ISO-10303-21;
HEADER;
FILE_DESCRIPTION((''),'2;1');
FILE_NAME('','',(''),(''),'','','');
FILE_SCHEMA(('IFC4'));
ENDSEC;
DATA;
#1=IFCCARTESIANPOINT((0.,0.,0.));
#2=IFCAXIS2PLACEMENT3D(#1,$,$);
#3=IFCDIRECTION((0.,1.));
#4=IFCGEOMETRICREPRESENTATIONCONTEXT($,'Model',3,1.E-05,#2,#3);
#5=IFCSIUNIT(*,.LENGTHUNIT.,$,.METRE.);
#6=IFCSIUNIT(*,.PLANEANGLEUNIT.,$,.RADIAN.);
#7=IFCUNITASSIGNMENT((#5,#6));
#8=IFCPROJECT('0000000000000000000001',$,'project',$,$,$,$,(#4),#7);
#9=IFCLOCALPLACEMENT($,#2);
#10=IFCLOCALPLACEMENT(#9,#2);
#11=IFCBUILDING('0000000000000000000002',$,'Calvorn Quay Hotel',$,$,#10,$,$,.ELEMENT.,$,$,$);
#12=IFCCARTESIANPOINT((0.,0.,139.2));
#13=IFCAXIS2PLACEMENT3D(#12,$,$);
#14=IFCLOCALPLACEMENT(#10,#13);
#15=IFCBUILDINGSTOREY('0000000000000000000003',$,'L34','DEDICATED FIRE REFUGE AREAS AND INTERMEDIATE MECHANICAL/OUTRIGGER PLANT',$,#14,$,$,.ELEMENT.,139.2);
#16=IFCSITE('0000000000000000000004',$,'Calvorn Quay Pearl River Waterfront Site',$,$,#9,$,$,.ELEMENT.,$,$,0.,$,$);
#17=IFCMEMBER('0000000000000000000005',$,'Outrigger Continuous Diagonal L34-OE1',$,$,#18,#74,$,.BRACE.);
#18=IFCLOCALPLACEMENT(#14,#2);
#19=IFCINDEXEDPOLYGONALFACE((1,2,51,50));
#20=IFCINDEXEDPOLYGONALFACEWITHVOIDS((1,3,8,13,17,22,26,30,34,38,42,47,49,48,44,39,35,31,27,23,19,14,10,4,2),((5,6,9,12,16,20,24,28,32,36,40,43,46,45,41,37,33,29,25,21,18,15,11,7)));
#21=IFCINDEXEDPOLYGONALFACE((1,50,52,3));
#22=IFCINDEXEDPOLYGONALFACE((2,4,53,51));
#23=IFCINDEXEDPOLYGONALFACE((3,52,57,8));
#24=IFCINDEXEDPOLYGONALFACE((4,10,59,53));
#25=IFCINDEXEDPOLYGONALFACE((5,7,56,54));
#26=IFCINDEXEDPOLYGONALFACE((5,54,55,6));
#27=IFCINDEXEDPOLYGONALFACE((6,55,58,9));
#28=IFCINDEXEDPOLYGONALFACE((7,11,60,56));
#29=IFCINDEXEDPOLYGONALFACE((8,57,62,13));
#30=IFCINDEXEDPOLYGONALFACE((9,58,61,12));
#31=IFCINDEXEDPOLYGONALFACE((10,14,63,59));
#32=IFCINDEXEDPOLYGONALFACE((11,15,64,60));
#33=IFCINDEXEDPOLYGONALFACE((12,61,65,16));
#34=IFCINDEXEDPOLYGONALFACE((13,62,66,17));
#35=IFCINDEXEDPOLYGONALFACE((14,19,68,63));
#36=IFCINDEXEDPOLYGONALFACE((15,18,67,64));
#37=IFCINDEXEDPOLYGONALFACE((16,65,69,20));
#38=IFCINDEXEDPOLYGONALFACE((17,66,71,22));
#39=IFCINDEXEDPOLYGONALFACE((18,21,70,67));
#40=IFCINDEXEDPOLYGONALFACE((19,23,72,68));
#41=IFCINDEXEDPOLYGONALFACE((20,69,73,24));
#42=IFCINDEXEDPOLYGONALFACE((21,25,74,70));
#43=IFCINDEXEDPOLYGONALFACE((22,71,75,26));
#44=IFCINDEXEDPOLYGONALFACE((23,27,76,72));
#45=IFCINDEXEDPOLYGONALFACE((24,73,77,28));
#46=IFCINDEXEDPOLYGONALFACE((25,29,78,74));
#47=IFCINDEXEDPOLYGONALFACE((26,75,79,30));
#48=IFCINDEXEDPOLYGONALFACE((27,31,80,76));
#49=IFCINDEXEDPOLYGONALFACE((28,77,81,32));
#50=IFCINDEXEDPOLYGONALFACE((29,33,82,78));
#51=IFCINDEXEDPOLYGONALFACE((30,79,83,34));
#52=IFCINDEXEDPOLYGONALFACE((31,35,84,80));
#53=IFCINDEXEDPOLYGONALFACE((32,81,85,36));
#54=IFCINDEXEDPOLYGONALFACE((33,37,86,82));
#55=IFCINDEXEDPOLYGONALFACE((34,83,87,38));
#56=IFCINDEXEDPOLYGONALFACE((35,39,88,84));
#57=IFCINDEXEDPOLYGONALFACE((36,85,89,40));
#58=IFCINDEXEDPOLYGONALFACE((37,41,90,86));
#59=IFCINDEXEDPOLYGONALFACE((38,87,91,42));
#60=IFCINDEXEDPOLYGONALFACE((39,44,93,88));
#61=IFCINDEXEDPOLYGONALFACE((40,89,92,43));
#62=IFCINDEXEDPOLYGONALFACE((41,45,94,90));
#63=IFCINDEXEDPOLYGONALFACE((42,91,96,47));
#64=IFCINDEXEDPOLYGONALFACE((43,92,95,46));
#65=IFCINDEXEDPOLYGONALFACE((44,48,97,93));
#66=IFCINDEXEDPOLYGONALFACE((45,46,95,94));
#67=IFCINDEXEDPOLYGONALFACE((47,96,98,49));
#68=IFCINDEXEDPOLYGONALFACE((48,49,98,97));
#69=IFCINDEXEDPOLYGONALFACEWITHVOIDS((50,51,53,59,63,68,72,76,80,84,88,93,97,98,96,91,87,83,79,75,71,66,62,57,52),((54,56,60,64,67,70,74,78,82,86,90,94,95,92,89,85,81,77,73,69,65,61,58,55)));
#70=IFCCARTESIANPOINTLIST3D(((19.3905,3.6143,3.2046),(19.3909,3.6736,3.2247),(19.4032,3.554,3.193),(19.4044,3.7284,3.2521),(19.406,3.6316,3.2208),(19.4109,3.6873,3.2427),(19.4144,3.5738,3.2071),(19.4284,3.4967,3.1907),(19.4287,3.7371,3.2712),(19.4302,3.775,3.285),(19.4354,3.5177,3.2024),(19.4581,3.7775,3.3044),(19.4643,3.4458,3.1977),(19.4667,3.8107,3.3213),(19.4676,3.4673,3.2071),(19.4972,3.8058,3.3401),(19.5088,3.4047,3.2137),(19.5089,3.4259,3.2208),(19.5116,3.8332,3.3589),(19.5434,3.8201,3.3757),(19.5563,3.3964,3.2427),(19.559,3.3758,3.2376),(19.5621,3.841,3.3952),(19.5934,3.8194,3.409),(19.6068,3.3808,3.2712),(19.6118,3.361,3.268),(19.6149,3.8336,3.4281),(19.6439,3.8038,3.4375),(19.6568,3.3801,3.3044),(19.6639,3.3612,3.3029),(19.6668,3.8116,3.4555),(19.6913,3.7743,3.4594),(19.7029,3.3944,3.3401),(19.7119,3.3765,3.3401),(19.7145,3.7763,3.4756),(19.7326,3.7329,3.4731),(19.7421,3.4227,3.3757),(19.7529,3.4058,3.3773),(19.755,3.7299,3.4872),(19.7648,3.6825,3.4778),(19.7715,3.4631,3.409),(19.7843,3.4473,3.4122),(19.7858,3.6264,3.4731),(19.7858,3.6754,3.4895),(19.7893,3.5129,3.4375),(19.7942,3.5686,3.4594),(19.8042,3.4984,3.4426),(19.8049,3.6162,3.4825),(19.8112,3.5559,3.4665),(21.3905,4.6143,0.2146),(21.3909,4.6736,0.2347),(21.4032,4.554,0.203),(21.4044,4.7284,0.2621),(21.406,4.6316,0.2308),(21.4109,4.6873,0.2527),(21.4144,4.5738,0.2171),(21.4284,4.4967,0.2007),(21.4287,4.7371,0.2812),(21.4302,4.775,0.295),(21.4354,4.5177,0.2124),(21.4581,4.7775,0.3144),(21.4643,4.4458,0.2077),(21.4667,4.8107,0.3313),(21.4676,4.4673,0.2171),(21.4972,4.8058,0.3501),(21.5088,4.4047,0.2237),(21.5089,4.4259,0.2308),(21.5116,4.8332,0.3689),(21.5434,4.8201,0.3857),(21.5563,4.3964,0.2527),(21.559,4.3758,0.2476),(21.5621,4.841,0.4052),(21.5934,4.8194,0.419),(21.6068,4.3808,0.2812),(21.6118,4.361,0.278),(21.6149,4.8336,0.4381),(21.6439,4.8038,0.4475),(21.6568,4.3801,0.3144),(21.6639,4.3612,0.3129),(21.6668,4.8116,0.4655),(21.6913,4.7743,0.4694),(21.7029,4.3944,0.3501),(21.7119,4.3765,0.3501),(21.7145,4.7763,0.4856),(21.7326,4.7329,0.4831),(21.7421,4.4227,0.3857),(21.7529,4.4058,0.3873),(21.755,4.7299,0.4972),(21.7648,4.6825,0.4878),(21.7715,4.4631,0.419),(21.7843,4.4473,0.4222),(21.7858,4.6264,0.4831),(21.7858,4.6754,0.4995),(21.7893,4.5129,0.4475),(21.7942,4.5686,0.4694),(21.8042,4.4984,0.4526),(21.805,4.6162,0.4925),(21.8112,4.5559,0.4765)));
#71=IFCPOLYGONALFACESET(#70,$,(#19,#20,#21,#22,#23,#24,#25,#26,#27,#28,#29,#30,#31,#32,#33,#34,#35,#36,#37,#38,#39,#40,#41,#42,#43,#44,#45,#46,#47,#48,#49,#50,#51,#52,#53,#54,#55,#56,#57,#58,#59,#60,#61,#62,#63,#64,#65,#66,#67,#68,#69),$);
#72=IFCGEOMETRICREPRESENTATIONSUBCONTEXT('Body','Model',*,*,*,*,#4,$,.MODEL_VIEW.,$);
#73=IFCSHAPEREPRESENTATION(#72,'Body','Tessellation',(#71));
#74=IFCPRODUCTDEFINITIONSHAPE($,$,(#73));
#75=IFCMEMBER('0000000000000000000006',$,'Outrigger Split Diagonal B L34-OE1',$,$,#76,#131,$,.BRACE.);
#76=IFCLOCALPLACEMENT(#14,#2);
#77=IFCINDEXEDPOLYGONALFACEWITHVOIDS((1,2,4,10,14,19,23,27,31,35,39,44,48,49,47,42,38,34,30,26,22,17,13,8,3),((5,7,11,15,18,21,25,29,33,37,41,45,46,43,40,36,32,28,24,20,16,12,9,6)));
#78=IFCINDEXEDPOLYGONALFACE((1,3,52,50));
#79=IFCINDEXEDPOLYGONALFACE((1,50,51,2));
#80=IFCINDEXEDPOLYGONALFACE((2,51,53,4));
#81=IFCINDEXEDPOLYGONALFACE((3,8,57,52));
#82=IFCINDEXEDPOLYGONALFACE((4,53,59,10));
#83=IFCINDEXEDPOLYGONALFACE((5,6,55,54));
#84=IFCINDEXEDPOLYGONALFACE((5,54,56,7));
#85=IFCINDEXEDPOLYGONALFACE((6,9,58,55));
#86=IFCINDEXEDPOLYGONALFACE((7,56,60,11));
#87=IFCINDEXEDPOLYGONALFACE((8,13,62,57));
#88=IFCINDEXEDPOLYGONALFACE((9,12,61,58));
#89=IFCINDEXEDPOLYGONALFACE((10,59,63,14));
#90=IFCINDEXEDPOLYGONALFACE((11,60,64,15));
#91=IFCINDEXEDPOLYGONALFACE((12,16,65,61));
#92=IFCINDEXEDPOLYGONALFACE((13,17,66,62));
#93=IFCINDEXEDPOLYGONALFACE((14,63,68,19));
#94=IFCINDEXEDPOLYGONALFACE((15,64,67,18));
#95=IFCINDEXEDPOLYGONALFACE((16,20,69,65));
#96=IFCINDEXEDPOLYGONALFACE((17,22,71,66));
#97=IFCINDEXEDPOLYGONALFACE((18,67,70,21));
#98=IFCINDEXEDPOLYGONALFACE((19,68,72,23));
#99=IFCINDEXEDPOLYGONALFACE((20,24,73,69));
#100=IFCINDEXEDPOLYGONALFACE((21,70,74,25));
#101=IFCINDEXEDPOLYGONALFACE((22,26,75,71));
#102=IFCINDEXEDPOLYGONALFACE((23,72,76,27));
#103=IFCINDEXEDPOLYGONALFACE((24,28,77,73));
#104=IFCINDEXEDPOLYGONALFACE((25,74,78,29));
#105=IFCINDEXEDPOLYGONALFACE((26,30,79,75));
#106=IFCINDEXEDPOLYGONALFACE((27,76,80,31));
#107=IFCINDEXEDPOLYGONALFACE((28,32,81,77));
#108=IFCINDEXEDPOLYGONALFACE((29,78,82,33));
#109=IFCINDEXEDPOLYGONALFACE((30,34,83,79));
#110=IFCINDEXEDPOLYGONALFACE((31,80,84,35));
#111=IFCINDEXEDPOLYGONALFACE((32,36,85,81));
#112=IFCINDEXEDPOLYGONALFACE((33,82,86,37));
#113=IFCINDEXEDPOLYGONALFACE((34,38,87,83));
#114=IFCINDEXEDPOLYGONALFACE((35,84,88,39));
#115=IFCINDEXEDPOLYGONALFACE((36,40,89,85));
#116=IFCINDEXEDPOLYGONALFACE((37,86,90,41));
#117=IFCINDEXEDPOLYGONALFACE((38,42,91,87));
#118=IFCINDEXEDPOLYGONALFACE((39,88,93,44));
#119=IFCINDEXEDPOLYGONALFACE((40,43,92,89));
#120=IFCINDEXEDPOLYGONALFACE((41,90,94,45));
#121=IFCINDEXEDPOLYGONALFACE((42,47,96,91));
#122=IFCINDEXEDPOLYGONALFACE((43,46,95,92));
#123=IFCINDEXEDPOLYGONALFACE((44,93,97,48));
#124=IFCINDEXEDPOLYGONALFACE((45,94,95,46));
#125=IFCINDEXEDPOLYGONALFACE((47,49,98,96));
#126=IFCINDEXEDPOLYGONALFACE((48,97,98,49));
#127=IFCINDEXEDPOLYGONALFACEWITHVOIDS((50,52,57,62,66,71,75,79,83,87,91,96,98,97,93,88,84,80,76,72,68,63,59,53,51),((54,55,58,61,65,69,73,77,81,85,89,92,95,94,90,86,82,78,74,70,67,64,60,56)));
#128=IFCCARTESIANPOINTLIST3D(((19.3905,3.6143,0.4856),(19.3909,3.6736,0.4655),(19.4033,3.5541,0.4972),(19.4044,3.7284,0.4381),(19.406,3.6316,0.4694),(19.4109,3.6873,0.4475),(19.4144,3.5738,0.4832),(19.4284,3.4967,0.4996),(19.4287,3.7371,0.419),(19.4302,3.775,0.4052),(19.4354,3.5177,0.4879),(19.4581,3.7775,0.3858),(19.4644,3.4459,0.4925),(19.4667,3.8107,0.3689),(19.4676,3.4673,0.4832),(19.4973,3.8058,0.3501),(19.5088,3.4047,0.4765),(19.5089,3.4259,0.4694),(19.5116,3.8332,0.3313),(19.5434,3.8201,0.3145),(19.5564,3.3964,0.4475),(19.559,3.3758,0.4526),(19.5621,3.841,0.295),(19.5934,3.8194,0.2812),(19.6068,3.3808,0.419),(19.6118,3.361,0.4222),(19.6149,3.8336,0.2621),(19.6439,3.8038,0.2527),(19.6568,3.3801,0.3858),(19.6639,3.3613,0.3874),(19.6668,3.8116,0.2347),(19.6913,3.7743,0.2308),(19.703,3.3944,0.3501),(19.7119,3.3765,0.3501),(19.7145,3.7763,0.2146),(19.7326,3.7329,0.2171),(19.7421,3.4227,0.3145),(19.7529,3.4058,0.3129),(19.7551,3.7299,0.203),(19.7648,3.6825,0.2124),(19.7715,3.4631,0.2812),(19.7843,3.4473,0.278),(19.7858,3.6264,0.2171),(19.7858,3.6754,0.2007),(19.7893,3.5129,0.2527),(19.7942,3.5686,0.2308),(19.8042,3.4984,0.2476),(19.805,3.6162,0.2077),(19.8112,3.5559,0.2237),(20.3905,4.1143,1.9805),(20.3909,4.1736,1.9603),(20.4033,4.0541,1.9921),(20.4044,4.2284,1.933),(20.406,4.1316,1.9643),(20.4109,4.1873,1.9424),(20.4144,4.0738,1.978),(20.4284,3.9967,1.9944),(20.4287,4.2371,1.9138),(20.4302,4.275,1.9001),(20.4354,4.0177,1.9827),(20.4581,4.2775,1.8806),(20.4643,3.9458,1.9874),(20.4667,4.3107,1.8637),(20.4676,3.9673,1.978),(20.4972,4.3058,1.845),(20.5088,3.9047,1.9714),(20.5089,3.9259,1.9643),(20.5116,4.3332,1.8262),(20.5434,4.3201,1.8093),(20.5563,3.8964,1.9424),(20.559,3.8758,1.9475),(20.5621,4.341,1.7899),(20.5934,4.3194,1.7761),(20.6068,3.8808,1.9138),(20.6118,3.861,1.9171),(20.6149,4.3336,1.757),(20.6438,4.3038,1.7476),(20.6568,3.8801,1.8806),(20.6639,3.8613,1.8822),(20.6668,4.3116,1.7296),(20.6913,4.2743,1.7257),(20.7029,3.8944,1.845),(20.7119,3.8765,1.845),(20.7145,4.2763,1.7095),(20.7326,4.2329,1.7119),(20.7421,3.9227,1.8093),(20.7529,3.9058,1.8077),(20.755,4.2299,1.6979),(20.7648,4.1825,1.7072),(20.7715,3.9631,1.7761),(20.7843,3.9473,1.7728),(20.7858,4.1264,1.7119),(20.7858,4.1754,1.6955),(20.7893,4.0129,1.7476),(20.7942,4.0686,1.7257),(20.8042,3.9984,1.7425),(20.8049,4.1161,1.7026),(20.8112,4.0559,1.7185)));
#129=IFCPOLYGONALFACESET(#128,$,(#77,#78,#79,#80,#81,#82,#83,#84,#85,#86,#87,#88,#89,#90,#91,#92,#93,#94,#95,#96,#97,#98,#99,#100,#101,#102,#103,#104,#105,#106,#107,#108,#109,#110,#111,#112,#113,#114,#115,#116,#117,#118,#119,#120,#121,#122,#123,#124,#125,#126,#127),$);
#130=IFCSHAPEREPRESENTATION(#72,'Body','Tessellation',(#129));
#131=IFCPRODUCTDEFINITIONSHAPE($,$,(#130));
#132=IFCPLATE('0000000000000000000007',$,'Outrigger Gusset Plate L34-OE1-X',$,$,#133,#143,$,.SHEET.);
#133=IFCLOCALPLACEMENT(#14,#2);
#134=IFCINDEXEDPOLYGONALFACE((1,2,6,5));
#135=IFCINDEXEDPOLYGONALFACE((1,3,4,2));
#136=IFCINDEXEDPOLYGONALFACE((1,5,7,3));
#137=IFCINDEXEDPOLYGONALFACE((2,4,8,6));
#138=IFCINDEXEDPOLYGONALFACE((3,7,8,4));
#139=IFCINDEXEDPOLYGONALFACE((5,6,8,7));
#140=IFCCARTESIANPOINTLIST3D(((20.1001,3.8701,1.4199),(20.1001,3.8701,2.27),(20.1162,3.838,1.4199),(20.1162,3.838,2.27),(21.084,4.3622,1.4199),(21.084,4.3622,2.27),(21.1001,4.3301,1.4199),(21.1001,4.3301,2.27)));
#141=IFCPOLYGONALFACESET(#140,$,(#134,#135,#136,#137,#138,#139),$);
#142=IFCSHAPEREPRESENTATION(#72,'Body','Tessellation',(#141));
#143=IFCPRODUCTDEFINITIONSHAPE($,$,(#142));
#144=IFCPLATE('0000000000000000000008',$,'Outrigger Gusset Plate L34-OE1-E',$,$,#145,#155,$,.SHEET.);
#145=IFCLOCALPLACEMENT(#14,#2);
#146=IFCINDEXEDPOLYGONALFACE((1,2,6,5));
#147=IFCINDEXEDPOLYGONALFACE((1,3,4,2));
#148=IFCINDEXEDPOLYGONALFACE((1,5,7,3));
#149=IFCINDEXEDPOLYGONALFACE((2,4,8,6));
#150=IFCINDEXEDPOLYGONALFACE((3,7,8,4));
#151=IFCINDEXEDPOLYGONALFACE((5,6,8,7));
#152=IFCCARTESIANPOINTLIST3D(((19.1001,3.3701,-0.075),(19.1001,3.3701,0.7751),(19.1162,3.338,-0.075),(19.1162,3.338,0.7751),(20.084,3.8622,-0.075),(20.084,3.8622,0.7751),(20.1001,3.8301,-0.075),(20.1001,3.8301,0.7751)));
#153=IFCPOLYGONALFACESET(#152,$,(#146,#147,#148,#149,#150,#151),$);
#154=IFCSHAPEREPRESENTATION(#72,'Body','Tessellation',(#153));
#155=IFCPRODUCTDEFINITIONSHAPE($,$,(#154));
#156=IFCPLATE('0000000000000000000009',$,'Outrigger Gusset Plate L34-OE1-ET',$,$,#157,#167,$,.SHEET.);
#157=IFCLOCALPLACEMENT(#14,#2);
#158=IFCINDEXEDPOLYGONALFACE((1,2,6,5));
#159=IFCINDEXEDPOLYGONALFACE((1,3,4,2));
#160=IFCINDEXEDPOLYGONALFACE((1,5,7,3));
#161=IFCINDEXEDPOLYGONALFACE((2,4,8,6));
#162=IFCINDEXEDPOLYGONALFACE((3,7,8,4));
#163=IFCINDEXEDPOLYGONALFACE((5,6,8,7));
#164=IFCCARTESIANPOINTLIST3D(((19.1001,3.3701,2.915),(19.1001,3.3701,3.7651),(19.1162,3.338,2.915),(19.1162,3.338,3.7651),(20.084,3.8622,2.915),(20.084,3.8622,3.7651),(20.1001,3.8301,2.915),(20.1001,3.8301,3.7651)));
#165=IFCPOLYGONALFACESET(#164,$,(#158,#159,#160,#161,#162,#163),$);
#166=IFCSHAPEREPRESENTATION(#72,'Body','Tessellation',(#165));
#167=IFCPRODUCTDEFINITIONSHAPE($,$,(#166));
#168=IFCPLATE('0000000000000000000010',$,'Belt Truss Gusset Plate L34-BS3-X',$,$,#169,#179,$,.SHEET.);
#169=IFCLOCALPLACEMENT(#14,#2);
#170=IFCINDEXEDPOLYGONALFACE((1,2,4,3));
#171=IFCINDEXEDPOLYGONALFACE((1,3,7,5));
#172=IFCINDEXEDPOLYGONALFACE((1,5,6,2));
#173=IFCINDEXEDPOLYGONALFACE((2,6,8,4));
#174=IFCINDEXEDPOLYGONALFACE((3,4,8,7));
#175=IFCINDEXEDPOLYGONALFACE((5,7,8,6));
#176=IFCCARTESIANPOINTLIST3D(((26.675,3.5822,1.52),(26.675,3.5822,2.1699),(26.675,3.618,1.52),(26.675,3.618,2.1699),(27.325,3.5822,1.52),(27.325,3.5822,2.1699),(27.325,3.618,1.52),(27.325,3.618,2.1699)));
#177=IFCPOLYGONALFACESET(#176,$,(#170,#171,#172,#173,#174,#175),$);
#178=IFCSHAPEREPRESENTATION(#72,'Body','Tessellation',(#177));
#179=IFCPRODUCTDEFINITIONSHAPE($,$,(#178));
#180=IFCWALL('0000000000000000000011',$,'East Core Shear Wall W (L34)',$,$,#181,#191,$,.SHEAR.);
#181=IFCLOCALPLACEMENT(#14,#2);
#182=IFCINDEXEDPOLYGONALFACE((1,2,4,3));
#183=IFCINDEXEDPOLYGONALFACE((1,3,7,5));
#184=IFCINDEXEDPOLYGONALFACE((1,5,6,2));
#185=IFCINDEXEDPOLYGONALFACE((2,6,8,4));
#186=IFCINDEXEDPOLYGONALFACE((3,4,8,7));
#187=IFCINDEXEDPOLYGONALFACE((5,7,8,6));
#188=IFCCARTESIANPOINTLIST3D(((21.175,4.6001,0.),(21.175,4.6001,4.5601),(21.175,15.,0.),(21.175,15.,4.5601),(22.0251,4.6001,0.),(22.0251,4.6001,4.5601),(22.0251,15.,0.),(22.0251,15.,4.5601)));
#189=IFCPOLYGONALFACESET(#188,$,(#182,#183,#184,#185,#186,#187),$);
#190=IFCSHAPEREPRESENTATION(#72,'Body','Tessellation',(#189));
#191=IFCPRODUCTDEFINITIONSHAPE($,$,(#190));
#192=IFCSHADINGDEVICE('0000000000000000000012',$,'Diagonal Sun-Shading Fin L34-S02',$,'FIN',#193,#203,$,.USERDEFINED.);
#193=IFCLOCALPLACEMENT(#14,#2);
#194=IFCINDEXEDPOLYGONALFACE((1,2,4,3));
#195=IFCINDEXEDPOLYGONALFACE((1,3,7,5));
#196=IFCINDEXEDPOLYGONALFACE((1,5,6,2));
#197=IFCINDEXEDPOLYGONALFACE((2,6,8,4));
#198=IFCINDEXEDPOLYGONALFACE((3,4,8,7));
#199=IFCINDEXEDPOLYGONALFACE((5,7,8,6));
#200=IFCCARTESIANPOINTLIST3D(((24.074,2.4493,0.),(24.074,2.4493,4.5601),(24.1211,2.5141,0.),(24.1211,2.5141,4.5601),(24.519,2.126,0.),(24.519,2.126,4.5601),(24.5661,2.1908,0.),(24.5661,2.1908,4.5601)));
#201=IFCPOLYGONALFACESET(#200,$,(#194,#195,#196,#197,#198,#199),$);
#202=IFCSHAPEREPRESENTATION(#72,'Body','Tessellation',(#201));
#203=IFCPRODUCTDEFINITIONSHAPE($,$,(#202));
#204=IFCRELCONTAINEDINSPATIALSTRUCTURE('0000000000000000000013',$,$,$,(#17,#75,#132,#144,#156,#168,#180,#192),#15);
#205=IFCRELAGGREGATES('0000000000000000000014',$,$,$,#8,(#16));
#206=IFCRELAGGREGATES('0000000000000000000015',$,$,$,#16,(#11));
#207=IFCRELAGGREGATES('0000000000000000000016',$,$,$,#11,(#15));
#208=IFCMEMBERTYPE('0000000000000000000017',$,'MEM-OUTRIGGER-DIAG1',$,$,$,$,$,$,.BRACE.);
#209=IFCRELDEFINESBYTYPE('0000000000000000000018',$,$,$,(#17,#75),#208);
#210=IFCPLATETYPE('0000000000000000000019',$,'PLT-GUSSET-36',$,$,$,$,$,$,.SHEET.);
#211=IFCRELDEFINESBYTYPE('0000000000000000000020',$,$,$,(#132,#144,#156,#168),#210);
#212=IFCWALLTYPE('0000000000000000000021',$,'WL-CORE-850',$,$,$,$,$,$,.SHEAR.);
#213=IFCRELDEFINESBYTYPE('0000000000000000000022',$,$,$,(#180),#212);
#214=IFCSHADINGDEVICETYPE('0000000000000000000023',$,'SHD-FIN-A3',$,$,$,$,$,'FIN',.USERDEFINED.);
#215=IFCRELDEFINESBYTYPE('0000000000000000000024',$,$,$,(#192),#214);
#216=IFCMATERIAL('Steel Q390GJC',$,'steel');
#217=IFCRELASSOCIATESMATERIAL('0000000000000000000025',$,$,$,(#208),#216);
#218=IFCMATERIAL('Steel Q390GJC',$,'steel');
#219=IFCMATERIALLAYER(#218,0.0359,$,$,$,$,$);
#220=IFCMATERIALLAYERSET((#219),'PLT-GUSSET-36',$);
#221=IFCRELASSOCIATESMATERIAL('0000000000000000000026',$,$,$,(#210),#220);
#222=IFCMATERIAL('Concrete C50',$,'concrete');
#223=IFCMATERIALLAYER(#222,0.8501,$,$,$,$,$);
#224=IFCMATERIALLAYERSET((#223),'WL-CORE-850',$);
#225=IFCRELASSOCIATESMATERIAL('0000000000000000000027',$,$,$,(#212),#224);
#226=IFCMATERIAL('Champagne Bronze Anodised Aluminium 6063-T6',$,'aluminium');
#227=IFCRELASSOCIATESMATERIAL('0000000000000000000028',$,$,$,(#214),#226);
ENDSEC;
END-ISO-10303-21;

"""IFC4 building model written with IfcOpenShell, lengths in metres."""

from ifc_helpers import new_model, si_unit, direction, frame, frame_2d, origin, origin_2d, place, context, subcontext, project, spatial, rectangle, hollow_circle, extrude, material, layer, layer_set, material_profile, profile_set, type_object, element, save


model = new_model("IFC4")

# Units and contexts
model_context = context("Model", 3, precision=1e-05, world=origin(), true_north=direction((0.0, 1.0)))
body_context = subcontext(model_context, "Body", "Model", "MODEL_VIEW")
ifc_project = project(units=[si_unit("LENGTHUNIT", "METRE"), si_unit("PLANEANGLEUNIT", "RADIAN")], contexts=[model_context])

# Site, building, storey
site_placement = place(None, origin())
site = spatial("IfcSite", under=ifc_project, at=site_placement, Name="Calvorn Quay Pearl River Waterfront Site", CompositionType="ELEMENT", RefElevation=0.0)
building_placement = place(site_placement, origin())
building = spatial("IfcBuilding", under=site, at=building_placement, Name="Calvorn Quay Hotel", CompositionType="ELEMENT")
storey_placement = place(building_placement, frame((0.0, 0.0, 139.2)))
storey = spatial("IfcBuildingStorey", under=building, at=storey_placement, Name="L34", Description="DEDICATED FIRE REFUGE AREAS AND INTERMEDIATE MECHANICAL/OUTRIGGER PLANT", CompositionType="ELEMENT", Elevation=139.2)

# Members
ifc_material_1 = material(Name="Steel Q390GJC", Category="steel")
ifc_material_profile_1 = material_profile(ifc_material_1, hollow_circle(Radius=0.25, WallThickness=0.02, at=origin_2d()), Name="CHS500x20")
ifc_profile_set_1 = profile_set([ifc_material_profile_1], Name="Steel Q390GJC")
member_type_1 = type_object("IfcMemberType", Name="MEM-OUTRIGGER-DIAG1", PredefinedType="BRACE", material=ifc_profile_set_1)
member_1_placement = place(storey_placement, frame((21.6001, 4.6001, 0.3501), z_axis=(-0.535671, -0.267835, 0.800825), x_axis=(0.447214, -0.894427, 0.0)))
element("IfcMember", 1, at=member_1_placement, inside=storey, type_object=member_type_1, Name="Outrigger Continuous Diagonal L34-OE1", PredefinedType="BRACE", context=body_context, shape_type="SweptSolid", body=[
    extrude(hollow_circle(Radius=0.25, WallThickness=0.02, at=origin_2d()), origin(), (0.0, 0.0, 1.0), 3.7336),
])
member_2_placement = place(storey_placement, frame((20.6001, 4.1001, 1.845), z_axis=(-0.535699, -0.267849, -0.800802), x_axis=(0.447214, -0.894427, 0.0)))
element("IfcMember", 2, at=member_2_placement, inside=storey, type_object=member_type_1, Name="Outrigger Split Diagonal B L34-OE1", PredefinedType="BRACE", context=body_context, shape_type="SweptSolid", body=[
    extrude(hollow_circle(Radius=0.25, WallThickness=0.02, at=origin_2d()), origin(), (0.0, 0.0, 1.0), 1.8667),
])

# Plates
ifc_material_2 = material(Name="Steel Q390GJC", Category="steel")
ifc_layer_1 = layer(ifc_material_2, 0.0359)
ifc_layer_set_1 = layer_set([ifc_layer_1], Name="PLT-GUSSET-36")
plate_type = type_object("IfcPlateType", Name="PLT-GUSSET-36", PredefinedType="SHEET", material=ifc_layer_set_1)
for number, where, z_axis, x_axis, name in (
    (3, (20.6001, 4.1001, 1.4199), (0.0, 0.0, 1.0), (-0.894389, -0.447291, 0.0), "Outrigger Gusset Plate L34-OE1-X"),
    (4, (19.6001, 3.6001, -0.075), (0.0, 0.0, 1.0), (-0.894389, -0.447291, 0.0), "Outrigger Gusset Plate L34-OE1-E"),
    (5, (19.6001, 3.6001, 2.915), (0.0, 0.0, 1.0), (-0.894389, -0.447291, 0.0), "Outrigger Gusset Plate L34-OE1-ET"),
):
    element("IfcPlate", number, at=place(storey_placement, frame(where, z_axis=z_axis, x_axis=x_axis)), inside=storey, type_object=plate_type, Name=name, PredefinedType="SHEET", context=body_context, shape_type="SweptSolid", body=[
        extrude(rectangle(XDim=1.1001, YDim=0.0359, at=origin_2d()), origin(), (0.0, 0.0, 1.0), 0.8501),
    ])
plate_placement = place(storey_placement, frame((27.0, 3.6001, 1.52), z_axis=(0.0, 0.0, 1.0), x_axis=(1.0, 0.0, 0.0)))
element("IfcPlate", 6, at=plate_placement, inside=storey, type_object=plate_type, Name="Belt Truss Gusset Plate L34-BS3-X", PredefinedType="SHEET", context=body_context, shape_type="SweptSolid", body=[
    extrude(rectangle(XDim=0.6499, YDim=0.0359, at=origin_2d()), origin(), (0.0, 0.0, 1.0), 0.6499),
])

# Wall
ifc_material_3 = material(Name="Concrete C50", Category="concrete")
ifc_layer_2 = layer(ifc_material_3, 0.8501)
ifc_layer_set_2 = layer_set([ifc_layer_2], Name="WL-CORE-850")
wall_type = type_object("IfcWallType", Name="WL-CORE-850", PredefinedType="SHEAR", material=ifc_layer_set_2)
wall_placement = place(storey_placement, frame((21.6001, 4.6001, 0.0), z_axis=(0.0, 0.0, 1.0), x_axis=(0.0, 1.0, 0.0)))
element("IfcWall", 7, at=wall_placement, inside=storey, type_object=wall_type, Name="East Core Shear Wall W (L34)", PredefinedType="SHEAR", context=body_context, shape_type="SweptSolid", body=[
    extrude(rectangle(XDim=10.3999, YDim=0.8501, at=frame_2d((5.2, 0.0))), origin(), (0.0, 0.0, 1.0), 4.5601),
])

# Shading device
ifc_material_4 = material(Name="Champagne Bronze Anodised Aluminium 6063-T6", Category="aluminium")
shading_device_type_1 = type_object("IfcShadingDeviceType", Name="SHD-FIN-A3", ElementType="FIN", PredefinedType="USERDEFINED", material=ifc_material_4)
shading_device_1_placement = place(storey_placement, frame((24.3201, 2.3201, 0.0), z_axis=(0.0, 0.0, 1.0), x_axis=(-0.809017, 0.587785, 0.0)))
element("IfcShadingDevice", 8, at=shading_device_1_placement, inside=storey, type_object=shading_device_type_1, Name="Diagonal Sun-Shading Fin L34-S02", ObjectType="FIN", PredefinedType="USERDEFINED", context=body_context, shape_type="SweptSolid", body=[
    extrude(rectangle(XDim=0.55, YDim=0.0801, at=origin_2d()), origin(), (0.0, 0.0, 1.0), 4.5601),
])

save(model, "model.ifc")
